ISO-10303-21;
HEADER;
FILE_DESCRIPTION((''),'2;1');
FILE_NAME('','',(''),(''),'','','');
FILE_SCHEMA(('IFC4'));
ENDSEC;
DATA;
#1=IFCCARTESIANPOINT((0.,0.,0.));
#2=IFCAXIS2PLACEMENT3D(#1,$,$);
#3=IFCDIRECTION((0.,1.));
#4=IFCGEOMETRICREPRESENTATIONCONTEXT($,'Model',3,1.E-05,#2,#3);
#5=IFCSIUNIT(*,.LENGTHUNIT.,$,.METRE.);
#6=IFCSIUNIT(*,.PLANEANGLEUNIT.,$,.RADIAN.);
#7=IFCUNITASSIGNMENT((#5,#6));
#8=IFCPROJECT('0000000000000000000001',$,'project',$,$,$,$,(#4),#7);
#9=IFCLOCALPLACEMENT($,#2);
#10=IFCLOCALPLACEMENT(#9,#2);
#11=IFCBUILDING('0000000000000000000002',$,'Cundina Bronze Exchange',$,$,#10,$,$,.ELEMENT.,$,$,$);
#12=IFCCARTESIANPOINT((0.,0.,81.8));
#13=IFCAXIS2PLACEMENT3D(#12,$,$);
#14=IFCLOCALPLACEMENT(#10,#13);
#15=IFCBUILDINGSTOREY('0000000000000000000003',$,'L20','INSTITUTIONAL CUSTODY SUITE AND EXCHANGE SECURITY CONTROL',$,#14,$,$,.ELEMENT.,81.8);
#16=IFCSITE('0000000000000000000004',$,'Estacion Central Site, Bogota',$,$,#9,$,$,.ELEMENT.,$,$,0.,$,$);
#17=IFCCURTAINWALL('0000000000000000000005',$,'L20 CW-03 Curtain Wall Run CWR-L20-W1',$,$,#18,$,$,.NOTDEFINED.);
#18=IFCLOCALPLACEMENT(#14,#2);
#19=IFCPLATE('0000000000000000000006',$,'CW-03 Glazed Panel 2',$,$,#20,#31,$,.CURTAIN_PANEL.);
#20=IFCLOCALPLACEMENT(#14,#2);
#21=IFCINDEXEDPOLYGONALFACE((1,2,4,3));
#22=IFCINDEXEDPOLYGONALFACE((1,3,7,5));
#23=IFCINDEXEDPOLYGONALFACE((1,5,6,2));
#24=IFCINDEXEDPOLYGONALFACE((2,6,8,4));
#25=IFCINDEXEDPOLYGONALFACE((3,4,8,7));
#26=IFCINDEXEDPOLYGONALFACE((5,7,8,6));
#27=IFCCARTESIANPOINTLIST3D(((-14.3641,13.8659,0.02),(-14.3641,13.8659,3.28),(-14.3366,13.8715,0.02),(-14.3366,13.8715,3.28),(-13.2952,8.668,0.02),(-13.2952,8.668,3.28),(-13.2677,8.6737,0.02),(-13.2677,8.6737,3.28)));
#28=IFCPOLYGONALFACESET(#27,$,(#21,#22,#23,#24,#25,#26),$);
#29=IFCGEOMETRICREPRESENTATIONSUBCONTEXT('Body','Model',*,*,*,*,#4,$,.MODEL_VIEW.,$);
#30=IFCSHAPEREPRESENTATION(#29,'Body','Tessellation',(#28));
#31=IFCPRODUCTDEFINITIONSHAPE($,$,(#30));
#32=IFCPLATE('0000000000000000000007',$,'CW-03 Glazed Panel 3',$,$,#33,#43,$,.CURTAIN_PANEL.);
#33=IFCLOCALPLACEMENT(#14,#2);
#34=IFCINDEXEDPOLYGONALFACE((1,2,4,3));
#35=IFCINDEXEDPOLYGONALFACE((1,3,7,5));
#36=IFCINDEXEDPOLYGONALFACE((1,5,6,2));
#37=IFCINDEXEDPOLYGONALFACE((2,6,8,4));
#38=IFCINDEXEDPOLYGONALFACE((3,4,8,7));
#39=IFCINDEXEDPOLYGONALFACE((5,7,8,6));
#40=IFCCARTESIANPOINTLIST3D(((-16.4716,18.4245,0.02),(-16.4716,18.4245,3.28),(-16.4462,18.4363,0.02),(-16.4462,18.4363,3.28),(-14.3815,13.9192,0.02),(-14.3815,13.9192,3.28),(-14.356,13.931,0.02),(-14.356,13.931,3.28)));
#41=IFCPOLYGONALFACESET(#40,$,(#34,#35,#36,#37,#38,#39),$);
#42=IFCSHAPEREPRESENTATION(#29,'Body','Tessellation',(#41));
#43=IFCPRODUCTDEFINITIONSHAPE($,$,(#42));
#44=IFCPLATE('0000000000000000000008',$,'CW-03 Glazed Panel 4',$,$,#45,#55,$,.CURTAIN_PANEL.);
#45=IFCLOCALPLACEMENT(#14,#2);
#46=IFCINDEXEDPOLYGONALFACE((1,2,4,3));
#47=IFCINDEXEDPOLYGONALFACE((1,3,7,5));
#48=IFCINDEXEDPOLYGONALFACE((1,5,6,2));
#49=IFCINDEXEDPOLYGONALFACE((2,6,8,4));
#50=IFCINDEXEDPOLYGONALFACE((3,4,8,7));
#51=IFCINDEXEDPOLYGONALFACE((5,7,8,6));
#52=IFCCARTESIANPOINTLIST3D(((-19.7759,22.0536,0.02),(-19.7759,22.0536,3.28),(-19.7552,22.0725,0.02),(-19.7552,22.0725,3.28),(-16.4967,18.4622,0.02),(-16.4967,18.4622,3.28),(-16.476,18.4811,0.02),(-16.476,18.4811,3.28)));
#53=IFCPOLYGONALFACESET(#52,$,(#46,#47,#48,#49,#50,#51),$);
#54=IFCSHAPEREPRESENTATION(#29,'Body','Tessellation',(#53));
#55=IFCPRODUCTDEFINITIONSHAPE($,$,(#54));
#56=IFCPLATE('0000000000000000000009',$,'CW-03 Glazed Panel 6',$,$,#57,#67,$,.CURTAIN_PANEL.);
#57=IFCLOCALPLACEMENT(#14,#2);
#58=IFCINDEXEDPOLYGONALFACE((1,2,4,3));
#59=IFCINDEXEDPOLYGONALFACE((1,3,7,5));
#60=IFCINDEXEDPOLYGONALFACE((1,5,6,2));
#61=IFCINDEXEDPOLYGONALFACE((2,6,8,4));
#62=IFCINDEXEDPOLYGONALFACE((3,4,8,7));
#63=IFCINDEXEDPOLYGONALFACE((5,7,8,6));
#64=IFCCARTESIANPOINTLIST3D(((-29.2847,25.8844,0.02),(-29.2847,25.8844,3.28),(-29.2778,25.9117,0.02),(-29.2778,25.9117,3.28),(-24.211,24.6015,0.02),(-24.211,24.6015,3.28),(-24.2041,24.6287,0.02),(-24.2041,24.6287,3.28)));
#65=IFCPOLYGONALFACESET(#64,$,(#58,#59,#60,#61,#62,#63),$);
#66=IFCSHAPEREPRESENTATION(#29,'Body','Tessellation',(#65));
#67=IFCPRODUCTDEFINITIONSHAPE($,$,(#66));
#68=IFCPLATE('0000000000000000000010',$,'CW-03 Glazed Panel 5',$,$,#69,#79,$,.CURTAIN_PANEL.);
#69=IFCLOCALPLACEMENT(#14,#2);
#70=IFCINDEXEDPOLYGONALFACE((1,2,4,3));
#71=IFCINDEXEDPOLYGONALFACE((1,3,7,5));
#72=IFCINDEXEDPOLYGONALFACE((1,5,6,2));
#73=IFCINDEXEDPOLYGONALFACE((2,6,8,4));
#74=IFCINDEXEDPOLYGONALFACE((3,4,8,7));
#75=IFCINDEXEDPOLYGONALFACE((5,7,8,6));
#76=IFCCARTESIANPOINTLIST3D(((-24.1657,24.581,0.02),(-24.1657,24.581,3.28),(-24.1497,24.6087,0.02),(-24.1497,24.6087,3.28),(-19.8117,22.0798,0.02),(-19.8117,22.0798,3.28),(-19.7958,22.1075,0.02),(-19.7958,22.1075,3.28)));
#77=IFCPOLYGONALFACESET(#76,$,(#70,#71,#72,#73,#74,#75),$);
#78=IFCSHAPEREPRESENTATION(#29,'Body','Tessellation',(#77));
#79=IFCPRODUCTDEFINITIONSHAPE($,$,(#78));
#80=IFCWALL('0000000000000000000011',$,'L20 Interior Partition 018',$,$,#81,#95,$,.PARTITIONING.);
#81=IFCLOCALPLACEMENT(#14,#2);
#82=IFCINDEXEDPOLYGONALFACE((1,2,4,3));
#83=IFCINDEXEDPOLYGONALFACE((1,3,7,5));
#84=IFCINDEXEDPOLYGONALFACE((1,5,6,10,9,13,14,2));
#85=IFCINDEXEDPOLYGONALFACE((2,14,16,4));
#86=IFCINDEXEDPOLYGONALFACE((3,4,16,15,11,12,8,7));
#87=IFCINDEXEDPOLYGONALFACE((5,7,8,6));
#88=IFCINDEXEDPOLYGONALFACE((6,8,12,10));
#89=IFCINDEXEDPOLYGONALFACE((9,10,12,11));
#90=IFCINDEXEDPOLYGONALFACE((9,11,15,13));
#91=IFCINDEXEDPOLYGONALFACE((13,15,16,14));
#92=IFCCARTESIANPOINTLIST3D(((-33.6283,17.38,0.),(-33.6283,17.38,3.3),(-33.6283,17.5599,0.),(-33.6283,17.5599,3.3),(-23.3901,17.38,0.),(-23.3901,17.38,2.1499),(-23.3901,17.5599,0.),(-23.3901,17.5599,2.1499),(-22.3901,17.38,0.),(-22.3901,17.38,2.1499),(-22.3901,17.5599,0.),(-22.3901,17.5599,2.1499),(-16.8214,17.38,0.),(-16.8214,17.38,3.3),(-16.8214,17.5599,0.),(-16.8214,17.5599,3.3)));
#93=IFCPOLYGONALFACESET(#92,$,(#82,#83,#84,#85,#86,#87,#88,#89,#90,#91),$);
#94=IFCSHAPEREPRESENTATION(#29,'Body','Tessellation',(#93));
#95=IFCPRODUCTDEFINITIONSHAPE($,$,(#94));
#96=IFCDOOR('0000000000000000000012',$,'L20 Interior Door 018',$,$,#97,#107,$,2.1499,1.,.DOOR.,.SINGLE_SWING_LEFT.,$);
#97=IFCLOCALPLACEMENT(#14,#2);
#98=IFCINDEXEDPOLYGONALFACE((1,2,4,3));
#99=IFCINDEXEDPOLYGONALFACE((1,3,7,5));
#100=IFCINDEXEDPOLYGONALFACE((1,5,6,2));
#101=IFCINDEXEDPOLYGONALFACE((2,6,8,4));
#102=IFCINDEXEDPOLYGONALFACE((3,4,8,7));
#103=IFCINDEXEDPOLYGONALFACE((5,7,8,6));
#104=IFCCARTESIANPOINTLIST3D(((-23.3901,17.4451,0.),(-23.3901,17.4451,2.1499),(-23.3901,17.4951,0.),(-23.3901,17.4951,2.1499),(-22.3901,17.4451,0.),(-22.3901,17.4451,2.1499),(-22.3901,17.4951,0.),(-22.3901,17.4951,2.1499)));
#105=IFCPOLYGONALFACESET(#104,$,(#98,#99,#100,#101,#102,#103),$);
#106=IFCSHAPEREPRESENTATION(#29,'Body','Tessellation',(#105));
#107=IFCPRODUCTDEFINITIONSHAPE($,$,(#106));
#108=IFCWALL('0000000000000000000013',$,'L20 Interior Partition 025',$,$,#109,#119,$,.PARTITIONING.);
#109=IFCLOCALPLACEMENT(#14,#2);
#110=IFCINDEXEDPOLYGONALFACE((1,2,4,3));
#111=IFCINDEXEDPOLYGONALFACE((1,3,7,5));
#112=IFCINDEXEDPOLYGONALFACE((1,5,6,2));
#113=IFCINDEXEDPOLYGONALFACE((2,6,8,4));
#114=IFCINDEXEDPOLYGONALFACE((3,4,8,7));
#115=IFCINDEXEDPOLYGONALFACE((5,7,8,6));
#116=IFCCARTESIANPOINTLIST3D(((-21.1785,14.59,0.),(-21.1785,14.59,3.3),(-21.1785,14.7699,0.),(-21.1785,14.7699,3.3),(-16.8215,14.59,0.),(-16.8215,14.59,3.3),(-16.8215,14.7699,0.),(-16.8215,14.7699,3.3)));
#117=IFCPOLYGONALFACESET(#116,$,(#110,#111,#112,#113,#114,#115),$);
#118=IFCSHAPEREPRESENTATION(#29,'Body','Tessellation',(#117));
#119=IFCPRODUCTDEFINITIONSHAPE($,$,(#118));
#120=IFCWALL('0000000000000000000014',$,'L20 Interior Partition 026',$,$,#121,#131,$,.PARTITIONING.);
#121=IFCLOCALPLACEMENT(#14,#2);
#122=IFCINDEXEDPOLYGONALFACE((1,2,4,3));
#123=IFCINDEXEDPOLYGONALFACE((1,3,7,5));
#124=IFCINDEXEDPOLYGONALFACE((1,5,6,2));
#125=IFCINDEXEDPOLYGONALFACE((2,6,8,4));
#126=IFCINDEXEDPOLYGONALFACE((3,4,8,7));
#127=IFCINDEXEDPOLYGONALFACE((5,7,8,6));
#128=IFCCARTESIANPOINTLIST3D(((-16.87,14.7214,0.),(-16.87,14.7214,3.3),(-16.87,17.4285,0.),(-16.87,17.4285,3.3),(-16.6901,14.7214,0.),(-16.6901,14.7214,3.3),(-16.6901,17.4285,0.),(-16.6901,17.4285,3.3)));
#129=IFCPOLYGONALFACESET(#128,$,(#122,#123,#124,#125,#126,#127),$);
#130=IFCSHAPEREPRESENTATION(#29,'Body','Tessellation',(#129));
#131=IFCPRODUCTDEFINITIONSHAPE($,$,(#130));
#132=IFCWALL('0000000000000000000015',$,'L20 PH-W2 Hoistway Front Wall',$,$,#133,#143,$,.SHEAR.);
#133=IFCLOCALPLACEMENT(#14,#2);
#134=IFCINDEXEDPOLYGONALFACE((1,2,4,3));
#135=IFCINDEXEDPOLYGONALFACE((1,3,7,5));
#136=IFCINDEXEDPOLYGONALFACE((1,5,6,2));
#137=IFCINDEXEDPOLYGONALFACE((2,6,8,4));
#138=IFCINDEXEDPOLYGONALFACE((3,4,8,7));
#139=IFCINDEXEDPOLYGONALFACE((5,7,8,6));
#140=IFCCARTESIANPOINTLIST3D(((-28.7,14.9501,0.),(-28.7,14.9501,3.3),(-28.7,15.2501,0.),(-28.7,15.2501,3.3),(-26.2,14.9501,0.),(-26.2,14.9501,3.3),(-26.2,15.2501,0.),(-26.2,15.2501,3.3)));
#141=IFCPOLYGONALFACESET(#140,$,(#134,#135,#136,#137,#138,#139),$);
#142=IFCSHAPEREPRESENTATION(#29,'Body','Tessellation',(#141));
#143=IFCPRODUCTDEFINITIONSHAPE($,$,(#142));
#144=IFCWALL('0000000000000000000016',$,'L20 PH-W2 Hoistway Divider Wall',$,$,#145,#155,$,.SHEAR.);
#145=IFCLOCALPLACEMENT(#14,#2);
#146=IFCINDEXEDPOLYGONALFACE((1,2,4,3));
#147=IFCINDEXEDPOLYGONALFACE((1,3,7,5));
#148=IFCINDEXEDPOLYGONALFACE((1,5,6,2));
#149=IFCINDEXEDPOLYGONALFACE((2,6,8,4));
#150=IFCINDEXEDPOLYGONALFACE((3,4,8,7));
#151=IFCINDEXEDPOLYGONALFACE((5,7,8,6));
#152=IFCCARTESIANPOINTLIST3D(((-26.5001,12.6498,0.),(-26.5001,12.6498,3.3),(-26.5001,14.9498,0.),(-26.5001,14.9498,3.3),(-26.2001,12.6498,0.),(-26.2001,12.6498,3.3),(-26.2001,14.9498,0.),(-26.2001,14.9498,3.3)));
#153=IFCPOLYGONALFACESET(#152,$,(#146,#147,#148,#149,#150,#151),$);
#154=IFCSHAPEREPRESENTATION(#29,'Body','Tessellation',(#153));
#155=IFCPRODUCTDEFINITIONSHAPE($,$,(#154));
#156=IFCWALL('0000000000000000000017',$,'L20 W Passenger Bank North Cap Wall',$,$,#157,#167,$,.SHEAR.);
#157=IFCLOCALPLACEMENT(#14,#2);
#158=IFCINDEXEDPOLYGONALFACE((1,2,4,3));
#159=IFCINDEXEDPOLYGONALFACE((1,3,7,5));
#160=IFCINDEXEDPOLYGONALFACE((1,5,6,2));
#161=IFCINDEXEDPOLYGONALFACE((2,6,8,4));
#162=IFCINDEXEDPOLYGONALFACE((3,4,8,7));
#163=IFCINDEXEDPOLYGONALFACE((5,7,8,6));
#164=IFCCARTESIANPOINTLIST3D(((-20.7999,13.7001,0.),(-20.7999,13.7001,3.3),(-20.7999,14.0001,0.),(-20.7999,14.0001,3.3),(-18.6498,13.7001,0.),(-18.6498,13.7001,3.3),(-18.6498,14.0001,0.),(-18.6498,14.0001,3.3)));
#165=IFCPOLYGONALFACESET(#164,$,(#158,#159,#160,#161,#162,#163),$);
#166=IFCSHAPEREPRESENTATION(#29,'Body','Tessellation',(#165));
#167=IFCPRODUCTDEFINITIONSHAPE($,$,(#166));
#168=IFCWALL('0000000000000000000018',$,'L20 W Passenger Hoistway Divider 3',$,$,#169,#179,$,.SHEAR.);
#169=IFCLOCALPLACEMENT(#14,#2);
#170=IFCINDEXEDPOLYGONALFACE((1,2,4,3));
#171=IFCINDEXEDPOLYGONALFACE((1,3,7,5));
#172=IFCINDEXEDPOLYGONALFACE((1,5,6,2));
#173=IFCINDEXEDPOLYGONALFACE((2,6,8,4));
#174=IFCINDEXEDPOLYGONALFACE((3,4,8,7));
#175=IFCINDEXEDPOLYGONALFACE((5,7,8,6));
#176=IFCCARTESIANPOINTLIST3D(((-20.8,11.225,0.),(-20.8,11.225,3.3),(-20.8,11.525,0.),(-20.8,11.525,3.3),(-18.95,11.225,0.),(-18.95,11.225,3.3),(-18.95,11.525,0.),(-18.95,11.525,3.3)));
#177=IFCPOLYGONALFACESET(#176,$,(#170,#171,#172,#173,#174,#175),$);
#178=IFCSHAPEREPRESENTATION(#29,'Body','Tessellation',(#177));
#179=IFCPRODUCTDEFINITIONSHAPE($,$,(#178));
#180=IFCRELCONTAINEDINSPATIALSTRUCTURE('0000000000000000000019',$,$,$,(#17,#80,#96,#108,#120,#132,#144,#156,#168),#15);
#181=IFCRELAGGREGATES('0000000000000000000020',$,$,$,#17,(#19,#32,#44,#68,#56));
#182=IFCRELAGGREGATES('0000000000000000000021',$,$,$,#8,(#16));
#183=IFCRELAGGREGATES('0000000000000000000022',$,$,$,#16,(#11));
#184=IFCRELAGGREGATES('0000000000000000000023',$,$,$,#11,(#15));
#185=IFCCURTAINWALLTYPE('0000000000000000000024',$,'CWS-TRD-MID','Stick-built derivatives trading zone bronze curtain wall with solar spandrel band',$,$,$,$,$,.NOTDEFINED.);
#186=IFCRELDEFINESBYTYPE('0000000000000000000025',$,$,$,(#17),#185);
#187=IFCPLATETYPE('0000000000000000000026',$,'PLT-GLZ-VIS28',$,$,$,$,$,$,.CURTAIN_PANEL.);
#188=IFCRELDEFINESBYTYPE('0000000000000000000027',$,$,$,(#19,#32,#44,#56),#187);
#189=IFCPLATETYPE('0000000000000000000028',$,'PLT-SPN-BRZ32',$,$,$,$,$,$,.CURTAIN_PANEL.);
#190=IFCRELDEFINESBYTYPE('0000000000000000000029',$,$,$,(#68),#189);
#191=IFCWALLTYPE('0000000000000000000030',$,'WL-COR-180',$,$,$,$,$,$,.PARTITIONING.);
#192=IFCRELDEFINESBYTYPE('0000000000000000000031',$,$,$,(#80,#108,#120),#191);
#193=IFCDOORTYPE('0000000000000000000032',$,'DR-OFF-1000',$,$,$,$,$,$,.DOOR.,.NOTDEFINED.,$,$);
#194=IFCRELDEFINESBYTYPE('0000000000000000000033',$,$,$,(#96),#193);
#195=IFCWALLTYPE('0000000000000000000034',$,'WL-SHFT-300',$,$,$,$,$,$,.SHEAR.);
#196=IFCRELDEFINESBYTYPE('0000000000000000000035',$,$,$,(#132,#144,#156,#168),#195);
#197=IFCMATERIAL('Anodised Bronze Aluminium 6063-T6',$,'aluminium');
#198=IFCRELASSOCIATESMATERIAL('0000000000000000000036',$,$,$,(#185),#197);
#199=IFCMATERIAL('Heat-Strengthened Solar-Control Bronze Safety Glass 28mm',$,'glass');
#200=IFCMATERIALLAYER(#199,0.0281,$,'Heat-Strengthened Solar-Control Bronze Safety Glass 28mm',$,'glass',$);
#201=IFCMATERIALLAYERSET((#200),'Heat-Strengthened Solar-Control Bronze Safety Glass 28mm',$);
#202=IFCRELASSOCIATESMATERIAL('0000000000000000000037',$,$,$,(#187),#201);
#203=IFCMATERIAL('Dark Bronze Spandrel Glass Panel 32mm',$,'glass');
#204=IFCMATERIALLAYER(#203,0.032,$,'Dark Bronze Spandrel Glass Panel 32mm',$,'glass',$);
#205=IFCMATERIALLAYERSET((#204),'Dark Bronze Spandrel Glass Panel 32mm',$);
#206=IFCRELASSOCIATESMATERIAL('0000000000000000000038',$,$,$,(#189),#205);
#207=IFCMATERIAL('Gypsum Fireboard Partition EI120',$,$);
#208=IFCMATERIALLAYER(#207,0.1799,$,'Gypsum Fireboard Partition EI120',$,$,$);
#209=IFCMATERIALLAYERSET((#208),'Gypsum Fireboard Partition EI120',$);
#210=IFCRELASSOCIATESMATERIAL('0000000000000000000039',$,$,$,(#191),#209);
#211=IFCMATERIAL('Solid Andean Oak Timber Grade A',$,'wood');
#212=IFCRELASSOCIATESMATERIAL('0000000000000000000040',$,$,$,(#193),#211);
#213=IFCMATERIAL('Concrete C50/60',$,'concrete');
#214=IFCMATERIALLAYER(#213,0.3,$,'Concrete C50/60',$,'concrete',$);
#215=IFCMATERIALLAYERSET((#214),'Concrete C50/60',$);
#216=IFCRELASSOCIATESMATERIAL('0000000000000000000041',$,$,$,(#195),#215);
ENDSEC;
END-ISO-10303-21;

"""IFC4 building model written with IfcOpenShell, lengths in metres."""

from ifc_helpers import new_model, si_unit, direction, frame, frame_2d, origin, origin_2d, place, context, subcontext, project, spatial, rectangle, extrude, material, layer, layer_set, type_object, element, fill, aggregate, save


model = new_model("IFC4")

# Units and contexts
model_context = context("Model", 3, precision=1e-05, world=origin(), true_north=direction((0.0, 1.0)))
body_context = subcontext(model_context, "Body", "Model", "MODEL_VIEW")
ifc_project = project(units=[si_unit("LENGTHUNIT", "METRE"), si_unit("PLANEANGLEUNIT", "RADIAN")], contexts=[model_context])

# Site, building, storey
site_placement = place(None, origin())
site = spatial("IfcSite", under=ifc_project, at=site_placement, Name="Estacion Central Site, Bogota", CompositionType="ELEMENT", RefElevation=0.0)
building_placement = place(site_placement, origin())
building = spatial("IfcBuilding", under=site, at=building_placement, Name="Cundina Bronze Exchange", CompositionType="ELEMENT")
storey_placement = place(building_placement, frame((0.0, 0.0, 81.8)))
storey = spatial("IfcBuildingStorey", under=building, at=storey_placement, Name="L20", Description="INSTITUTIONAL CUSTODY SUITE AND EXCHANGE SECURITY CONTROL", CompositionType="ELEMENT", Elevation=81.8)

# Curtain wall, plates
ifc_material_1 = material(Name="Anodised Bronze Aluminium 6063-T6", Category="aluminium")
curtain_wall_type = type_object("IfcCurtainWallType", Name="CWS-TRD-MID", Description="Stick-built derivatives trading zone bronze curtain wall with solar spandrel band", PredefinedType="NOTDEFINED", material=ifc_material_1)
curtain_wall_placement = place(storey_placement, origin())
curtain_wall = element("IfcCurtainWall", 1, at=curtain_wall_placement, inside=storey, type_object=curtain_wall_type, Name="L20 CW-03 Curtain Wall Run CWR-L20-W1", PredefinedType="NOTDEFINED")
ifc_material_2 = material(Name="Heat-Strengthened Solar-Control Bronze Safety Glass 28mm", Category="glass")
ifc_layer_1 = layer(ifc_material_2, 0.0281, Name="Heat-Strengthened Solar-Control Bronze Safety Glass 28mm", Category="glass")
ifc_layer_set_1 = layer_set([ifc_layer_1], Name="Heat-Strengthened Solar-Control Bronze Safety Glass 28mm")
plate_type_1 = type_object("IfcPlateType", Name="PLT-GLZ-VIS28", PredefinedType="CURTAIN_PANEL", material=ifc_layer_set_1)
plate_1_placement = place(storey_placement, frame((-13.8159, 11.2698, 0.02), z_axis=(0.0, 0.0, 1.0), x_axis=(-0.20142, 0.979505, 0.0)))
plate_1 = element("IfcPlate", 2, at=plate_1_placement, type_object=plate_type_1, Name="CW-03 Glazed Panel 2", PredefinedType="CURTAIN_PANEL", context=body_context, shape_type="SweptSolid", body=[
    extrude(rectangle(XDim=5.3066, YDim=0.0281, at=origin_2d()), origin(), (0.0, 0.0, 1.0), 3.26),
])
plate_2_placement = place(storey_placement, frame((-15.4138, 16.1777, 0.02), z_axis=(0.0, 0.0, 1.0), x_axis=(-0.420846, 0.907132, 0.0)))
plate_2 = element("IfcPlate", 3, at=plate_2_placement, type_object=plate_type_1, Name="CW-03 Glazed Panel 3", PredefinedType="CURTAIN_PANEL", context=body_context, shape_type="SweptSolid", body=[
    extrude(rectangle(XDim=4.9666, YDim=0.0281, at=origin_2d()), origin(), (0.0, 0.0, 1.0), 3.26),
])
plate_3_placement = place(storey_placement, frame((-18.126, 20.2673, 0.02), z_axis=(0.0, 0.0, 1.0), x_axis=(-0.674277, 0.738479, 0.0)))
plate_3 = element("IfcPlate", 4, at=plate_3_placement, type_object=plate_type_1, Name="CW-03 Glazed Panel 4", PredefinedType="CURTAIN_PANEL", context=body_context, shape_type="SweptSolid", body=[
    extrude(rectangle(XDim=4.8633, YDim=0.0281, at=origin_2d()), origin(), (0.0, 0.0, 1.0), 3.26),
])
plate_4_placement = place(storey_placement, frame((-26.7444, 25.2566, 0.02), z_axis=(0.0, 0.0, 1.0), x_axis=(-0.969488, 0.245138, 0.0)))
plate_4 = element("IfcPlate", 5, at=plate_4_placement, type_object=plate_type_1, Name="CW-03 Glazed Panel 6", PredefinedType="CURTAIN_PANEL", context=body_context, shape_type="SweptSolid", body=[
    extrude(rectangle(XDim=5.2334, YDim=0.0281, at=origin_2d()), origin(), (0.0, 0.0, 1.0), 3.26),
])
ifc_material_3 = material(Name="Dark Bronze Spandrel Glass Panel 32mm", Category="glass")
ifc_layer_2 = layer(ifc_material_3, 0.032, Name="Dark Bronze Spandrel Glass Panel 32mm", Category="glass")
ifc_layer_set_2 = layer_set([ifc_layer_2], Name="Dark Bronze Spandrel Glass Panel 32mm")
plate_type_2 = type_object("IfcPlateType", Name="PLT-SPN-BRZ32", PredefinedType="CURTAIN_PANEL", material=ifc_layer_set_2)
plate_5_placement = place(storey_placement, frame((-21.9807, 23.3442, 0.02), z_axis=(0.0, 0.0, 1.0), x_axis=(-0.867105, 0.498125, 0.0)))
plate_5 = element("IfcPlate", 6, at=plate_5_placement, type_object=plate_type_2, Name="CW-03 Glazed Panel 5", PredefinedType="CURTAIN_PANEL", context=body_context, shape_type="SweptSolid", body=[
    extrude(rectangle(XDim=5.0212, YDim=0.032, at=origin_2d()), origin(), (0.0, 0.0, 1.0), 3.26),
])
aggregate(curtain_wall, [plate_1, plate_2, plate_3, plate_5, plate_4])

# Wall, opening, door
ifc_material_4 = material(Name="Gypsum Fireboard Partition EI120")
ifc_layer_3 = layer(ifc_material_4, 0.1799, Name="Gypsum Fireboard Partition EI120")
ifc_layer_set_3 = layer_set([ifc_layer_3], Name="Gypsum Fireboard Partition EI120")
wall_type_1 = type_object("IfcWallType", Name="WL-COR-180", PredefinedType="PARTITIONING", material=ifc_layer_set_3)
wall_1_placement = place(storey_placement, frame((-16.8215, 17.47, 0.0), z_axis=(0.0, 0.0, 1.0), x_axis=(-1.0, 0.0, 0.0)))
wall_1 = element("IfcWall", 7, at=wall_1_placement, inside=storey, type_object=wall_type_1, Name="L20 Interior Partition 018", PredefinedType="PARTITIONING", context=body_context, shape_type="SweptSolid", body=[
    extrude(rectangle(XDim=16.8069, YDim=0.1799, at=frame_2d((8.4033, 0.0))), origin(), (0.0, 0.0, 1.0), 3.3),
])
opening_1_placement = place(wall_1_placement, frame((5.5686, 0.0, 0.0)))
opening_1 = element("IfcOpeningElement", 8, at=opening_1_placement, cuts=wall_1, PredefinedType="OPENING", context=body_context, shape_type="SweptSolid", body=[
    extrude(rectangle(XDim=1.0, YDim=2.1499, at=frame_2d((0.5, 1.075))), frame((0.0, 0.0999, 0.0), z_axis=(0.0, -1.0, 0.0), x_axis=(1.0, 0.0, 0.0)), (0.0, 0.0, 1.0), 0.2),
])
ifc_material_5 = material(Name="Solid Andean Oak Timber Grade A", Category="wood")
door_type_1 = type_object("IfcDoorType", Name="DR-OFF-1000", OperationType="NOTDEFINED", PredefinedType="DOOR", material=ifc_material_5)
door_1_placement = place(opening_1_placement, origin())
door_1 = element("IfcDoor", 9, at=door_1_placement, inside=storey, type_object=door_type_1, Name="L20 Interior Door 018", OperationType="SINGLE_SWING_LEFT", OverallHeight=2.1499, OverallWidth=1.0, PredefinedType="DOOR", context=body_context, shape_type="SweptSolid", body=[
    extrude(rectangle(XDim=1.0, YDim=2.1499, at=frame_2d((0.5, 1.075))), frame((0.0, 0.0249, 0.0), z_axis=(0.0, -1.0, 0.0), x_axis=(1.0, 0.0, 0.0)), (0.0, 0.0, 1.0), 0.05),
])
fill(opening_1, door_1)

# Walls
wall_2_placement = place(storey_placement, frame((-21.1785, 14.6799, 0.0), z_axis=(0.0, 0.0, 1.0), x_axis=(1.0, 0.0, 0.0)))
element("IfcWall", 10, at=wall_2_placement, inside=storey, type_object=wall_type_1, Name="L20 Interior Partition 025", PredefinedType="PARTITIONING", context=body_context, shape_type="SweptSolid", body=[
    extrude(rectangle(XDim=4.3569, YDim=0.1799, at=frame_2d((2.1785, 0.0))), origin(), (0.0, 0.0, 1.0), 3.3),
])
wall_3_placement = place(storey_placement, frame((-16.78, 14.7214, 0.0), z_axis=(0.0, 0.0, 1.0), x_axis=(0.0, 1.0, 0.0)))
element("IfcWall", 11, at=wall_3_placement, inside=storey, type_object=wall_type_1, Name="L20 Interior Partition 026", PredefinedType="PARTITIONING", context=body_context, shape_type="SweptSolid", body=[
    extrude(rectangle(XDim=2.707, YDim=0.1799, at=frame_2d((1.3535, 0.0))), origin(), (0.0, 0.0, 1.0), 3.3),
])

# Shared definitions
ifc_material_6 = material(Name="Concrete C50/60", Category="concrete")
ifc_layer_4 = layer(ifc_material_6, 0.3, Name="Concrete C50/60", Category="concrete")
ifc_layer_set_4 = layer_set([ifc_layer_4], Name="Concrete C50/60")
wall_type_2 = type_object("IfcWallType", Name="WL-SHFT-300", PredefinedType="SHEAR", material=ifc_layer_set_4)

# Walls
wall_4_placement = place(storey_placement, frame((-28.7, 15.1001, 0.0), z_axis=(0.0, 0.0, 1.0), x_axis=(1.0, 0.0, 0.0)))
element("IfcWall", 12, at=wall_4_placement, inside=storey, type_object=wall_type_2, Name="L20 PH-W2 Hoistway Front Wall", PredefinedType="SHEAR", context=body_context, shape_type="SweptSolid", body=[
    extrude(rectangle(XDim=2.5, YDim=0.3, at=frame_2d((1.25, 0.0))), origin(), (0.0, 0.0, 1.0), 3.3),
])
wall_5_placement = place(storey_placement, frame((-26.3501, 12.6499, 0.0), z_axis=(0.0, 0.0, 1.0), x_axis=(0.0, 1.0, 0.0)))
element("IfcWall", 13, at=wall_5_placement, inside=storey, type_object=wall_type_2, Name="L20 PH-W2 Hoistway Divider Wall", PredefinedType="SHEAR", context=body_context, shape_type="SweptSolid", body=[
    extrude(rectangle(XDim=2.3, YDim=0.3, at=frame_2d((1.1499, 0.0))), origin(), (0.0, 0.0, 1.0), 3.3),
])
wall_6_placement = place(storey_placement, frame((-20.8, 13.8501, 0.0), z_axis=(0.0, 0.0, 1.0), x_axis=(1.0, 0.0, 0.0)))
element("IfcWall", 14, at=wall_6_placement, inside=storey, type_object=wall_type_2, Name="L20 W Passenger Bank North Cap Wall", PredefinedType="SHEAR", context=body_context, shape_type="SweptSolid", body=[
    extrude(rectangle(XDim=2.1501, YDim=0.3, at=frame_2d((1.0752, 0.0))), origin(), (0.0, 0.0, 1.0), 3.3),
])
wall_7_placement = place(storey_placement, frame((-20.8, 11.375, 0.0), z_axis=(0.0, 0.0, 1.0), x_axis=(1.0, 0.0, 0.0)))
element("IfcWall", 15, at=wall_7_placement, inside=storey, type_object=wall_type_2, Name="L20 W Passenger Hoistway Divider 3", PredefinedType="SHEAR", context=body_context, shape_type="SweptSolid", body=[
    extrude(rectangle(XDim=1.8501, YDim=0.3, at=frame_2d((0.925, 0.0))), origin(), (0.0, 0.0, 1.0), 3.3),
])

save(model, "model.ifc")
